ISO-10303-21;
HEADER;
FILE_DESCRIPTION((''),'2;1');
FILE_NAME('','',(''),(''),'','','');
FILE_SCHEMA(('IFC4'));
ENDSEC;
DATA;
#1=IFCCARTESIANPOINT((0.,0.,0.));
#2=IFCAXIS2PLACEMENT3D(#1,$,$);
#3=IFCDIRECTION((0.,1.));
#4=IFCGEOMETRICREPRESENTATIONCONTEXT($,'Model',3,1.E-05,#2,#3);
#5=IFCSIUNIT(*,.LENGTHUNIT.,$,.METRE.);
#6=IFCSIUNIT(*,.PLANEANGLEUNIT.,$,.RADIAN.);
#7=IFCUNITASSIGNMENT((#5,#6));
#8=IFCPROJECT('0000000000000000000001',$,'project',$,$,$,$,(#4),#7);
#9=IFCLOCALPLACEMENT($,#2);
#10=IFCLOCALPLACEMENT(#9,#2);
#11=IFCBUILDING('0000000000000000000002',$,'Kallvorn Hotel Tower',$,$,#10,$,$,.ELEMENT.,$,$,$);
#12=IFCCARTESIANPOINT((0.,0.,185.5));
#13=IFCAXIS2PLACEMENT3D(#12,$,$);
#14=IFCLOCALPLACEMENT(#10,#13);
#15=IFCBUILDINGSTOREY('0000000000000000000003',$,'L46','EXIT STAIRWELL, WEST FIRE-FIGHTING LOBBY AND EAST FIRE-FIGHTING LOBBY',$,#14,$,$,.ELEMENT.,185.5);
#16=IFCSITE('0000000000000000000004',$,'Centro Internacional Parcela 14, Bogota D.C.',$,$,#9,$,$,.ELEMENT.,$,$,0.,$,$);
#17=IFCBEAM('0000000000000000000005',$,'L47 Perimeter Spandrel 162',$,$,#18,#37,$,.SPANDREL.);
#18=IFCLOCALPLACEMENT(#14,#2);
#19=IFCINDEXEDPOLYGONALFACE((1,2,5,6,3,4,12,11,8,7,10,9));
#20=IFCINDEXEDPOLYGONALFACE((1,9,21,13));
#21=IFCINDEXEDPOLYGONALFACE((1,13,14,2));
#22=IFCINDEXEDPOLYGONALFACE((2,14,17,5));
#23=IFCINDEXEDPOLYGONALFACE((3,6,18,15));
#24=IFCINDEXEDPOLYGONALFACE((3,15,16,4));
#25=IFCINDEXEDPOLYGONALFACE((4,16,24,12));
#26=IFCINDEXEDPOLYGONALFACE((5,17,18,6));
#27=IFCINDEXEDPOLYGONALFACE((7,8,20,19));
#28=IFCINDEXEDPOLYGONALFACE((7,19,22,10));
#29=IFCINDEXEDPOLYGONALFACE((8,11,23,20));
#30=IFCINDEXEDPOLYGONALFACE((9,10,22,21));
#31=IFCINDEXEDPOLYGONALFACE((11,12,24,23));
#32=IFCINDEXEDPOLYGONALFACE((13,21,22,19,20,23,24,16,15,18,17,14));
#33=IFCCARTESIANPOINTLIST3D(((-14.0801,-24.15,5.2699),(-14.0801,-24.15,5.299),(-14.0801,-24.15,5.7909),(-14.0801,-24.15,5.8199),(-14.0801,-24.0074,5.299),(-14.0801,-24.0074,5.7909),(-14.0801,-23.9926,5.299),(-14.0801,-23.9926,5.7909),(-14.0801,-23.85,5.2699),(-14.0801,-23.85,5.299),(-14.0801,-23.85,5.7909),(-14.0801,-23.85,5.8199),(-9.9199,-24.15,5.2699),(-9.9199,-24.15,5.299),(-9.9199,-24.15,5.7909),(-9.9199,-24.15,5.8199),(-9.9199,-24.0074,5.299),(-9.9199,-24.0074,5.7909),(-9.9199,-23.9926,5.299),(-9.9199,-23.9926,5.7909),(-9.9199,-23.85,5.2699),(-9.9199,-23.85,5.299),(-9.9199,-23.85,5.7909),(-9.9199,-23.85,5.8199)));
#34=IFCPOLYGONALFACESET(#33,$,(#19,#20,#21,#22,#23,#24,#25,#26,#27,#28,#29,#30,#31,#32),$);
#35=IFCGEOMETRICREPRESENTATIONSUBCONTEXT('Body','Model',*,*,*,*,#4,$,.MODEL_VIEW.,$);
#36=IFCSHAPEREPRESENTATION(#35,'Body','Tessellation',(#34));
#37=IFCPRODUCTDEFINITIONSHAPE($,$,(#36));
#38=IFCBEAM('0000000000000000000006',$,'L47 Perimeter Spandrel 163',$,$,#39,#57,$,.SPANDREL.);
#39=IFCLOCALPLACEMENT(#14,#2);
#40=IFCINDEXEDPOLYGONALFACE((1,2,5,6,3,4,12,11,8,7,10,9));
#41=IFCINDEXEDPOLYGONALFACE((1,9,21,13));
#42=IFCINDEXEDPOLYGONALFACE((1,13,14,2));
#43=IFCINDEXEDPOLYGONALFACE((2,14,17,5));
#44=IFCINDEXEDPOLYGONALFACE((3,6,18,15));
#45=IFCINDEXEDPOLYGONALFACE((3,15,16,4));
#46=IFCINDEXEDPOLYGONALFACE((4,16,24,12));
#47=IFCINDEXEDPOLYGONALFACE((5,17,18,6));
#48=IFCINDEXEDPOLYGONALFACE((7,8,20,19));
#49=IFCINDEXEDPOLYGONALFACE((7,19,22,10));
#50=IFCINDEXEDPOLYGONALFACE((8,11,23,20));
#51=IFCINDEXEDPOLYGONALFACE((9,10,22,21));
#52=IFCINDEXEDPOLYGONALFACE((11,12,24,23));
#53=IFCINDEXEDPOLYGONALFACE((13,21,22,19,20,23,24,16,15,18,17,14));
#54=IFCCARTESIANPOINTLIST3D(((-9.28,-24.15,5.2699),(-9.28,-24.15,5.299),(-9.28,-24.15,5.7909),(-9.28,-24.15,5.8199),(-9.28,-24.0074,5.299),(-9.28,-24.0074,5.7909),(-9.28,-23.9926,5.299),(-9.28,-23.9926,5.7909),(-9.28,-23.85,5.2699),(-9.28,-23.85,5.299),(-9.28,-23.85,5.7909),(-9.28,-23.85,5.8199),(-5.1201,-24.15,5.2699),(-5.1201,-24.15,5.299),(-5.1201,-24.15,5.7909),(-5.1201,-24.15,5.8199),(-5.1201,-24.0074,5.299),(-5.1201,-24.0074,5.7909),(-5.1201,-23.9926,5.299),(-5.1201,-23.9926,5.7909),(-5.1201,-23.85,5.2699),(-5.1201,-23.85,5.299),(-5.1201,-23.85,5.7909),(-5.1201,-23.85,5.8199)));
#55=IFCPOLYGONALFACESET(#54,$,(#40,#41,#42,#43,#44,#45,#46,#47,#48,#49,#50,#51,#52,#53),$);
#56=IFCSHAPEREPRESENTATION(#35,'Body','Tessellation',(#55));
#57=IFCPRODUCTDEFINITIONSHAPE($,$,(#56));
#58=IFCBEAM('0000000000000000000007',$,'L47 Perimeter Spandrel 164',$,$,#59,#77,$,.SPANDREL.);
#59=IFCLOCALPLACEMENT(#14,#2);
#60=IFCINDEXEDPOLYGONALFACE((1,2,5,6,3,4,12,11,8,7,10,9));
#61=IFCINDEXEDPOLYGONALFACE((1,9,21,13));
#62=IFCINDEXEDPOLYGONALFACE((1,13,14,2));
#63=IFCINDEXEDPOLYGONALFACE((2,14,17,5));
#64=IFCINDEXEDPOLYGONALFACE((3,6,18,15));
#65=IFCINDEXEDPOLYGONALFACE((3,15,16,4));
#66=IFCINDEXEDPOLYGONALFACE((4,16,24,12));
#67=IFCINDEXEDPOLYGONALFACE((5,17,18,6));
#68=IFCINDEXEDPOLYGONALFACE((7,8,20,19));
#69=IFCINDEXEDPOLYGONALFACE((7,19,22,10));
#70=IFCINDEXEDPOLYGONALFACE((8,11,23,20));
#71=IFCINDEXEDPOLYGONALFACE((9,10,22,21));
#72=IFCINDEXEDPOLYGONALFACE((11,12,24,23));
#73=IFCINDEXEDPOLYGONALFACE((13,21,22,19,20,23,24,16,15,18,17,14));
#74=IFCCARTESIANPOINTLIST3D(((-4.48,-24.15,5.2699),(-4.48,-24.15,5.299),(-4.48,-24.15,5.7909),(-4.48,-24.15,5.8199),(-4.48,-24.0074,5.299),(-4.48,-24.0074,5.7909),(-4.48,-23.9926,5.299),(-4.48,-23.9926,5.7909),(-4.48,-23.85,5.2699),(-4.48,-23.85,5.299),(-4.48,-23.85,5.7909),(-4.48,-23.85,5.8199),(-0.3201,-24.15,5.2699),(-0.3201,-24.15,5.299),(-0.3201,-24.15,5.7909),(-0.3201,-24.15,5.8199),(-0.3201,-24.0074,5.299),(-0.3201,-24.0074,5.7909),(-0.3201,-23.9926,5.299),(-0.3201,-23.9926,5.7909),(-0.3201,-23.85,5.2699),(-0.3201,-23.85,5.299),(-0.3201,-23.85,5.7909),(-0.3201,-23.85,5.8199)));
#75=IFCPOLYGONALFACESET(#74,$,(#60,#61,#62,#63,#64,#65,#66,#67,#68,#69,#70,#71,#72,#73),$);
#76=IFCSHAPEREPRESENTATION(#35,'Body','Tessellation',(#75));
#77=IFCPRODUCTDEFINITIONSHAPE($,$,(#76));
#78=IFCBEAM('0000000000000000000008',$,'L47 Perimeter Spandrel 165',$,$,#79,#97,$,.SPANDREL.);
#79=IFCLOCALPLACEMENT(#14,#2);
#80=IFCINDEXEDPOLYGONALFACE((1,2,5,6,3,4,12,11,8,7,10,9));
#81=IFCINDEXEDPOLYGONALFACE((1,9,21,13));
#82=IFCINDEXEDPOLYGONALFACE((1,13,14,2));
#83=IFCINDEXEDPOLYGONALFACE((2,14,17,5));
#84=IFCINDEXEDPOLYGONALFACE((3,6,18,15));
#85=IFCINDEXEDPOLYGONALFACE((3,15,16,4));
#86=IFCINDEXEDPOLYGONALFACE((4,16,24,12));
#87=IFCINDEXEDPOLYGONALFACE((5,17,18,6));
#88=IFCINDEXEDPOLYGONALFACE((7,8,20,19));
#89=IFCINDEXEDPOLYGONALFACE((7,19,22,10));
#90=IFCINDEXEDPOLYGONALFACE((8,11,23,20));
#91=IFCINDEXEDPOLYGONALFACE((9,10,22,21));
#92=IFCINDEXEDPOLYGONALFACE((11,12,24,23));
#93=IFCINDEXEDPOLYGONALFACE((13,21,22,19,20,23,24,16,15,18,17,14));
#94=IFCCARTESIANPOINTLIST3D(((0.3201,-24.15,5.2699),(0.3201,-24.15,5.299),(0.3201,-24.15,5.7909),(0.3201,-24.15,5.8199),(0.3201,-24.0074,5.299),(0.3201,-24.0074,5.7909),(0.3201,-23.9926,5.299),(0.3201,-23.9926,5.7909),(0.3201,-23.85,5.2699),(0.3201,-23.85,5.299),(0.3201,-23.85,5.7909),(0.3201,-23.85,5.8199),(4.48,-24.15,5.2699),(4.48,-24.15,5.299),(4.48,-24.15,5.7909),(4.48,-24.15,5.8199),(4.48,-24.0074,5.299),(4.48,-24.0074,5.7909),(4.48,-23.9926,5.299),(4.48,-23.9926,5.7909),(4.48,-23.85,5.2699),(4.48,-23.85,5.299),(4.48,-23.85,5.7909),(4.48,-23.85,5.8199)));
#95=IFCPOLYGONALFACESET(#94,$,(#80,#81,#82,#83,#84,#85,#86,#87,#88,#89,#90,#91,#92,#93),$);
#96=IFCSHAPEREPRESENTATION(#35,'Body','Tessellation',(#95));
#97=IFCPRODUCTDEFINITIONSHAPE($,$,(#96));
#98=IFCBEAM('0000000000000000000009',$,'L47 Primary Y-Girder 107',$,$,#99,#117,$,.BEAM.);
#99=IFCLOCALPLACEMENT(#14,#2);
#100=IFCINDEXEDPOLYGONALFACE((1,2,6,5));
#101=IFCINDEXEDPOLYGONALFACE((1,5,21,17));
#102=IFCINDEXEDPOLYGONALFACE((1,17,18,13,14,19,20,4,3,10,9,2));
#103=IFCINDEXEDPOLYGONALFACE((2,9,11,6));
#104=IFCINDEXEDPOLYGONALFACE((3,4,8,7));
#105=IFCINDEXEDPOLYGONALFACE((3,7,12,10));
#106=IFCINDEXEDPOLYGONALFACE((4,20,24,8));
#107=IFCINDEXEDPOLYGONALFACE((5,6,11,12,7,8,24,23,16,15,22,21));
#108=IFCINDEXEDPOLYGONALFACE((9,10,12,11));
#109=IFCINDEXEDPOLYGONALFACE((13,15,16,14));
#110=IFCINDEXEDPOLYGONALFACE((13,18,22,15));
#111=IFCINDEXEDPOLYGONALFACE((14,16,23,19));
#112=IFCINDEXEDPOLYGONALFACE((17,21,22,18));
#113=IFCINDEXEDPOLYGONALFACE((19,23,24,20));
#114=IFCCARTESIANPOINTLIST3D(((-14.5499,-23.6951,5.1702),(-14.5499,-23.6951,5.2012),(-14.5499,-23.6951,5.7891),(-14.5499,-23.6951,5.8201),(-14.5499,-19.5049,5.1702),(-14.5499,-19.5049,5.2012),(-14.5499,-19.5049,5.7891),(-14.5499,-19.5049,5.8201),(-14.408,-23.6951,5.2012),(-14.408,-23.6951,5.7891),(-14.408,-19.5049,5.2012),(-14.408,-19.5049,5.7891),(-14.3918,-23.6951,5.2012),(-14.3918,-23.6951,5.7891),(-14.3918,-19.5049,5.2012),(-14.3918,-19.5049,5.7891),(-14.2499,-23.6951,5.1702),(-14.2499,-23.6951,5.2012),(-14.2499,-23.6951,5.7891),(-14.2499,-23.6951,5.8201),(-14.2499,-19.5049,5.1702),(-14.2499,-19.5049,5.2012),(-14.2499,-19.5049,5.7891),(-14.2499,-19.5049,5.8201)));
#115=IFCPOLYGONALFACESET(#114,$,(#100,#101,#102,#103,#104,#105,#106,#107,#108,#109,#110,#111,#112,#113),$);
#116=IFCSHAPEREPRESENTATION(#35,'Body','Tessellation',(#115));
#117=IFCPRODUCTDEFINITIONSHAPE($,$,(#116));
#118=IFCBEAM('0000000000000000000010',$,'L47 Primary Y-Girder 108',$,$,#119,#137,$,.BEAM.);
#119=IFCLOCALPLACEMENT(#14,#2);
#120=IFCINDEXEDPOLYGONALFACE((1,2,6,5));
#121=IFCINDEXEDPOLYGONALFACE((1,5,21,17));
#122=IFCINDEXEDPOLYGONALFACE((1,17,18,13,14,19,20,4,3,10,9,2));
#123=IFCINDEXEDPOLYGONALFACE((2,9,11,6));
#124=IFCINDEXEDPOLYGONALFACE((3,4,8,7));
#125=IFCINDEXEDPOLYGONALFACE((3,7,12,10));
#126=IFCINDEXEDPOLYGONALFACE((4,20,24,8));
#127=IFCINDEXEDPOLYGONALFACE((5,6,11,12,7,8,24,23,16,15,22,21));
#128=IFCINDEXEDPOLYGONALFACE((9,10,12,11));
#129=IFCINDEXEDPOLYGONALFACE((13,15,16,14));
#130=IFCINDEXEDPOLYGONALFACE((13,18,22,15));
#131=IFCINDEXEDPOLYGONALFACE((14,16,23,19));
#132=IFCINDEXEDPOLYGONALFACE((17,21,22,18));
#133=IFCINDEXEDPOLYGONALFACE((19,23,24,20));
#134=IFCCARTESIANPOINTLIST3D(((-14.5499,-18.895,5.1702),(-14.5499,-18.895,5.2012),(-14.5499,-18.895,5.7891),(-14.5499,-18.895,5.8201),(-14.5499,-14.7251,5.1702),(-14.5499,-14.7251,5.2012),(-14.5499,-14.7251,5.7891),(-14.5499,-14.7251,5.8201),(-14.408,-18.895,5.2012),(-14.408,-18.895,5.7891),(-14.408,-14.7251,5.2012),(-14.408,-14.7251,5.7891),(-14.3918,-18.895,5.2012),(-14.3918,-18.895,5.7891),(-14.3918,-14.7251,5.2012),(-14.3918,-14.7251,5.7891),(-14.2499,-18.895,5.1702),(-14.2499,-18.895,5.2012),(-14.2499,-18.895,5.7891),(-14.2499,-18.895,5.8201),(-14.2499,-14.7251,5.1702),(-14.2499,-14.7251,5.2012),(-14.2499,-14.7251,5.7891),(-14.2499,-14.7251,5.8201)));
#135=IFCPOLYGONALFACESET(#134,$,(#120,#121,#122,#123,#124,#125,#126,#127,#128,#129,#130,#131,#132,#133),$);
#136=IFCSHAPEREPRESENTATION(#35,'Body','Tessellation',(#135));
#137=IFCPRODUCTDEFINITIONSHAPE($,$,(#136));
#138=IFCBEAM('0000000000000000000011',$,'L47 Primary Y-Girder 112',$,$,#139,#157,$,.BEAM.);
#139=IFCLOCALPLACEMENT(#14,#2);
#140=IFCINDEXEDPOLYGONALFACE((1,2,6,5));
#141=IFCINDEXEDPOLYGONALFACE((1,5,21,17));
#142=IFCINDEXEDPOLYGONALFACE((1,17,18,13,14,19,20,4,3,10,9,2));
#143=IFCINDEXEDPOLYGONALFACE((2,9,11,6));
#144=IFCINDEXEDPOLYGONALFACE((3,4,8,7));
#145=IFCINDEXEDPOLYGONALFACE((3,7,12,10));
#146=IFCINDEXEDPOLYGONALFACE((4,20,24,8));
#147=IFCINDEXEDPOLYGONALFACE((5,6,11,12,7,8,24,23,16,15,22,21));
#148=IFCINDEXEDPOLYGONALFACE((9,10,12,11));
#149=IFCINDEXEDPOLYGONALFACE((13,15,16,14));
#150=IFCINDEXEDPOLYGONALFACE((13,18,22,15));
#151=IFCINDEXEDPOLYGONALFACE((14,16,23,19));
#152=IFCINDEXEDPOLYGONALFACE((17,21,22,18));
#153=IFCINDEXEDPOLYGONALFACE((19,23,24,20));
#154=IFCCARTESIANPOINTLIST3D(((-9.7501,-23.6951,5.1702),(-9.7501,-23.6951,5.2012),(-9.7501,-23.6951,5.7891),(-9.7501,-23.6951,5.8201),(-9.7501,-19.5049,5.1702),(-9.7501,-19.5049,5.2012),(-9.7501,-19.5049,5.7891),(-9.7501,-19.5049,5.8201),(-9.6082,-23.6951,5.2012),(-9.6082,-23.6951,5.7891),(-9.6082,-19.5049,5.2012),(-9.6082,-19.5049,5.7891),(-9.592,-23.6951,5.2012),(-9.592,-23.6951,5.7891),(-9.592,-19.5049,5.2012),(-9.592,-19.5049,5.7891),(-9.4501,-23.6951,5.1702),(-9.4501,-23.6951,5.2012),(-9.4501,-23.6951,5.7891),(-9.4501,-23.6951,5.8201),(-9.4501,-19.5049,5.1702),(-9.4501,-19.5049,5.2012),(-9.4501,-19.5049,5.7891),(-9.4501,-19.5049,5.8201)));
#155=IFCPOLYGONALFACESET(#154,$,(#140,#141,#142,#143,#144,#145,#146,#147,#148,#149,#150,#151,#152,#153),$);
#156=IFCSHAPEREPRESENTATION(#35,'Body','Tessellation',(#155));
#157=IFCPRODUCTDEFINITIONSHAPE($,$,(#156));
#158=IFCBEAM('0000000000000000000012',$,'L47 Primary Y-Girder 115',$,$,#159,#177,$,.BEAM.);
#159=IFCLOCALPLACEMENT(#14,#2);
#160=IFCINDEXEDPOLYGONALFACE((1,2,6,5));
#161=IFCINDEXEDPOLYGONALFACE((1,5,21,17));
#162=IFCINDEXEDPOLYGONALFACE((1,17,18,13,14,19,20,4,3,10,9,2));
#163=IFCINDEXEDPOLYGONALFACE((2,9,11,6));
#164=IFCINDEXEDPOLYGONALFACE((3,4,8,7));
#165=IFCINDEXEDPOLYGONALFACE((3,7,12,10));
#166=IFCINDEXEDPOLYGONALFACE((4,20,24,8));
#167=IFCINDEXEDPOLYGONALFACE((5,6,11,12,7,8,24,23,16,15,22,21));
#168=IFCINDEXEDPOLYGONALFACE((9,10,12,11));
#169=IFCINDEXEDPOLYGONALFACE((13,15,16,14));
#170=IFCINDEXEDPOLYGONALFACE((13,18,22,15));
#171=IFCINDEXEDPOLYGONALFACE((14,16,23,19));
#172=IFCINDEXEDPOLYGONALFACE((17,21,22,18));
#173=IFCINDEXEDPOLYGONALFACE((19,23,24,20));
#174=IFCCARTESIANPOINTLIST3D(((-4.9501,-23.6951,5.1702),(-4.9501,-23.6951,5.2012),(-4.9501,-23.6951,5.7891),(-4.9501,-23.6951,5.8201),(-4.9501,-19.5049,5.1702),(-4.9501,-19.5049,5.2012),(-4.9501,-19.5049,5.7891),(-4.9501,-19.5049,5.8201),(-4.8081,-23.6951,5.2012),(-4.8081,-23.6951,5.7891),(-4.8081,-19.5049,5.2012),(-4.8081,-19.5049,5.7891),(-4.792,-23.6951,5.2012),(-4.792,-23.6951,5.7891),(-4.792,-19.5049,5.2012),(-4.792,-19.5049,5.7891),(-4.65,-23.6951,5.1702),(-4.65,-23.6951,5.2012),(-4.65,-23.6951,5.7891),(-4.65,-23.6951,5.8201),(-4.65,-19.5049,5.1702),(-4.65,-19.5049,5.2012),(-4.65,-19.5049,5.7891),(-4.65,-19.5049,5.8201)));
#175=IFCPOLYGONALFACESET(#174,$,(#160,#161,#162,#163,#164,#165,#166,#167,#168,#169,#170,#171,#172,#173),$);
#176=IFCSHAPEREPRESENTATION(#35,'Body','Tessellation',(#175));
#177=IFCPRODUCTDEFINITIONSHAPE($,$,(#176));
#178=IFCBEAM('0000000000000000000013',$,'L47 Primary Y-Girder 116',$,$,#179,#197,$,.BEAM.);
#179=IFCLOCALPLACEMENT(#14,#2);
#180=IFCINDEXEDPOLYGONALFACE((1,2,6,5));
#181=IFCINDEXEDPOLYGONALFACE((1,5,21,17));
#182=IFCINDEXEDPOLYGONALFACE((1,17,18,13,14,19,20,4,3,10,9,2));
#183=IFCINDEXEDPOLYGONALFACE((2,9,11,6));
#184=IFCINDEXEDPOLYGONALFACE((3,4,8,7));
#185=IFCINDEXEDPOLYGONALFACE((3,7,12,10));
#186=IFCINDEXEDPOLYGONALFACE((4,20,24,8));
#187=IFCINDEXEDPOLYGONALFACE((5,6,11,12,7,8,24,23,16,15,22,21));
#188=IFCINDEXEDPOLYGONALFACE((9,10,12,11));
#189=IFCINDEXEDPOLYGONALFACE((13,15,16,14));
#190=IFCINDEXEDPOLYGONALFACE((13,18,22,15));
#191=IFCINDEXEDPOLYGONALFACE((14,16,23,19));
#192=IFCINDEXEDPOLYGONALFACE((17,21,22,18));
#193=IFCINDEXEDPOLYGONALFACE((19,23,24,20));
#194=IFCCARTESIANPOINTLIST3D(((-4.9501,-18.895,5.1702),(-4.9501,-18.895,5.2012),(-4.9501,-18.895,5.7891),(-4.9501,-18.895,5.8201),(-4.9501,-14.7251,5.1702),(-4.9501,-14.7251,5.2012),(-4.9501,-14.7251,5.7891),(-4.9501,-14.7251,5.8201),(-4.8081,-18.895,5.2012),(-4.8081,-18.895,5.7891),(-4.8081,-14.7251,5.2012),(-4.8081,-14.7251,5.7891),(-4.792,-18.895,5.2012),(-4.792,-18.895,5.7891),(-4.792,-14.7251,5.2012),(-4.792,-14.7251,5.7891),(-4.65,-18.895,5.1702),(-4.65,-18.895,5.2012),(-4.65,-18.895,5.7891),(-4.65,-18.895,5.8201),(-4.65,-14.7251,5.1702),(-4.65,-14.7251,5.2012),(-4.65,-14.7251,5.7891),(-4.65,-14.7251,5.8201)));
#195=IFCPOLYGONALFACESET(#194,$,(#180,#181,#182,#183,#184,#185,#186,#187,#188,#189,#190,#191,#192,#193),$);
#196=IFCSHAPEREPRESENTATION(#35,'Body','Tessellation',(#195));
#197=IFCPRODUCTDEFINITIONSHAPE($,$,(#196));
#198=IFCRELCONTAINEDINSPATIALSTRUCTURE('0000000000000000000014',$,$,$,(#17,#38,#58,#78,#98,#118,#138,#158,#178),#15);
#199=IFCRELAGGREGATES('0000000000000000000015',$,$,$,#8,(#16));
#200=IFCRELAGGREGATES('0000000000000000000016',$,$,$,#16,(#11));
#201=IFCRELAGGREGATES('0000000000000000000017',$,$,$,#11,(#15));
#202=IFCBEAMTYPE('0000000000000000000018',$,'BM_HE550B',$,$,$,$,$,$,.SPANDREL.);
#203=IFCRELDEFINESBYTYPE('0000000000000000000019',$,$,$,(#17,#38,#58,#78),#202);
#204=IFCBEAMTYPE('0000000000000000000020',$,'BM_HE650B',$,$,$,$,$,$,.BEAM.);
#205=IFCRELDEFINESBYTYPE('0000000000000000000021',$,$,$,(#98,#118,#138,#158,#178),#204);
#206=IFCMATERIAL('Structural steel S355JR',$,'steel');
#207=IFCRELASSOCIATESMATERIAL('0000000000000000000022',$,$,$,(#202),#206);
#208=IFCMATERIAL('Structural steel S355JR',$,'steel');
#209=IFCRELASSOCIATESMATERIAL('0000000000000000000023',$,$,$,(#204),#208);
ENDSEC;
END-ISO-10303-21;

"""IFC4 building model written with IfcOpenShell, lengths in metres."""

from ifc_helpers import new_model, si_unit, direction, frame, origin, origin_2d, place, context, subcontext, project, spatial, i_section, extrude, material, material_profile, profile_set, type_object, element, save


model = new_model("IFC4")

# Units and contexts
model_context = context("Model", 3, precision=1e-05, world=origin(), true_north=direction((0.0, 1.0)))
body_context = subcontext(model_context, "Body", "Model", "MODEL_VIEW")
ifc_project = project(units=[si_unit("LENGTHUNIT", "METRE"), si_unit("PLANEANGLEUNIT", "RADIAN")], contexts=[model_context])

# Site, building, storey
site_placement = place(None, origin())
site = spatial("IfcSite", under=ifc_project, at=site_placement, Name="Centro Internacional Parcela 14, Bogota D.C.", CompositionType="ELEMENT", RefElevation=0.0)
building_placement = place(site_placement, origin())
building = spatial("IfcBuilding", under=site, at=building_placement, Name="Kallvorn Hotel Tower", CompositionType="ELEMENT")
storey_placement = place(building_placement, frame((0.0, 0.0, 185.5)))
storey = spatial("IfcBuildingStorey", under=building, at=storey_placement, Name="L46", Description="EXIT STAIRWELL, WEST FIRE-FIGHTING LOBBY AND EAST FIRE-FIGHTING LOBBY", CompositionType="ELEMENT", Elevation=185.5)

# Beams
ifc_material_1 = material(Name="Structural steel S355JR", Category="steel")
ifc_material_profile_1 = material_profile(ifc_material_1, i_section(OverallWidth=0.3, OverallDepth=0.55, WebThickness=0.0149, FlangeThickness=0.0291, at=origin_2d()), Name="HE 550 B")
ifc_profile_set_1 = profile_set([ifc_material_profile_1], Name="Structural steel S355JR")
beam_type_1 = type_object("IfcBeamType", Name="BM_HE550B", PredefinedType="SPANDREL", material=ifc_profile_set_1)
beam_1_placement = place(storey_placement, frame((-14.0801, -24.0, 5.5449), z_axis=(1.0, 0.0, 0.0), x_axis=(0.0, 1.0, 0.0)))
element("IfcBeam", 1, at=beam_1_placement, inside=storey, type_object=beam_type_1, Name="L47 Perimeter Spandrel 162", PredefinedType="SPANDREL", context=body_context, shape_type="SweptSolid", body=[
    extrude(i_section(OverallWidth=0.3, OverallDepth=0.55, WebThickness=0.0149, FlangeThickness=0.0291, at=origin_2d()), origin(), (0.0, 0.0, 1.0), 4.1602),
])
for number, where, z_axis, x_axis, name in (
    (2, (-9.28, -24.0, 5.5449), (1.0, 0.0, 0.0), (0.0, 1.0, 0.0), "L47 Perimeter Spandrel 163"),
    (3, (-4.48, -24.0, 5.5449), (1.0, 0.0, 0.0), (0.0, 1.0, 0.0), "L47 Perimeter Spandrel 164"),
    (4, (0.3201, -24.0, 5.5449), (1.0, 0.0, 0.0), (0.0, 1.0, 0.0), "L47 Perimeter Spandrel 165"),
):
    element("IfcBeam", number, at=place(storey_placement, frame(where, z_axis=z_axis, x_axis=x_axis)), inside=storey, type_object=beam_type_1, Name=name, PredefinedType="SPANDREL", context=body_context, shape_type="SweptSolid", body=[
        extrude(i_section(OverallWidth=0.3, OverallDepth=0.55, WebThickness=0.0149, FlangeThickness=0.0291, at=origin_2d()), origin(), (0.0, 0.0, 1.0), 4.1599),
    ])
ifc_material_2 = material(Name="Structural steel S355JR", Category="steel")
ifc_material_profile_2 = material_profile(ifc_material_2, i_section(OverallWidth=0.3, OverallDepth=0.6499, WebThickness=0.0161, FlangeThickness=0.031, at=origin_2d()), Name="HE 650 B")
ifc_profile_set_2 = profile_set([ifc_material_profile_2], Name="Structural steel S355JR")
beam_type_2 = type_object("IfcBeamType", Name="BM_HE650B", PredefinedType="BEAM", material=ifc_profile_set_2)
beam_2_placement = place(storey_placement, frame((-14.3999, -23.6951, 5.4951), z_axis=(0.0, 1.0, 0.0), x_axis=(-1.0, 0.0, 0.0)))
element("IfcBeam", 5, at=beam_2_placement, inside=storey, type_object=beam_type_2, Name="L47 Primary Y-Girder 107", PredefinedType="BEAM", context=body_context, shape_type="SweptSolid", body=[
    extrude(i_section(OverallWidth=0.3, OverallDepth=0.6499, WebThickness=0.0161, FlangeThickness=0.031, at=origin_2d()), origin(), (0.0, 0.0, 1.0), 4.1902),
])
beam_3_placement = place(storey_placement, frame((-14.3999, -18.895, 5.4951), z_axis=(0.0, 1.0, 0.0), x_axis=(-1.0, 0.0, 0.0)))
element("IfcBeam", 6, at=beam_3_placement, inside=storey, type_object=beam_type_2, Name="L47 Primary Y-Girder 108", PredefinedType="BEAM", context=body_context, shape_type="SweptSolid", body=[
    extrude(i_section(OverallWidth=0.3, OverallDepth=0.6499, WebThickness=0.0161, FlangeThickness=0.031, at=origin_2d()), origin(), (0.0, 0.0, 1.0), 4.1699),
])
for number, where, z_axis, x_axis, name in (
    (7, (-9.6001, -23.6951, 5.4951), (0.0, 1.0, 0.0), (-1.0, 0.0, 0.0), "L47 Primary Y-Girder 112"),
    (8, (-4.8, -23.6951, 5.4951), (0.0, 1.0, 0.0), (-1.0, 0.0, 0.0), "L47 Primary Y-Girder 115"),
):
    element("IfcBeam", number, at=place(storey_placement, frame(where, z_axis=z_axis, x_axis=x_axis)), inside=storey, type_object=beam_type_2, Name=name, PredefinedType="BEAM", context=body_context, shape_type="SweptSolid", body=[
        extrude(i_section(OverallWidth=0.3, OverallDepth=0.6499, WebThickness=0.0161, FlangeThickness=0.031, at=origin_2d()), origin(), (0.0, 0.0, 1.0), 4.1902),
    ])
beam_4_placement = place(storey_placement, frame((-4.8, -18.895, 5.4951), z_axis=(0.0, 1.0, 0.0), x_axis=(-1.0, 0.0, 0.0)))
element("IfcBeam", 9, at=beam_4_placement, inside=storey, type_object=beam_type_2, Name="L47 Primary Y-Girder 116", PredefinedType="BEAM", context=body_context, shape_type="SweptSolid", body=[
    extrude(i_section(OverallWidth=0.3, OverallDepth=0.6499, WebThickness=0.0161, FlangeThickness=0.031, at=origin_2d()), origin(), (0.0, 0.0, 1.0), 4.1699),
])

save(model, "model.ifc")
